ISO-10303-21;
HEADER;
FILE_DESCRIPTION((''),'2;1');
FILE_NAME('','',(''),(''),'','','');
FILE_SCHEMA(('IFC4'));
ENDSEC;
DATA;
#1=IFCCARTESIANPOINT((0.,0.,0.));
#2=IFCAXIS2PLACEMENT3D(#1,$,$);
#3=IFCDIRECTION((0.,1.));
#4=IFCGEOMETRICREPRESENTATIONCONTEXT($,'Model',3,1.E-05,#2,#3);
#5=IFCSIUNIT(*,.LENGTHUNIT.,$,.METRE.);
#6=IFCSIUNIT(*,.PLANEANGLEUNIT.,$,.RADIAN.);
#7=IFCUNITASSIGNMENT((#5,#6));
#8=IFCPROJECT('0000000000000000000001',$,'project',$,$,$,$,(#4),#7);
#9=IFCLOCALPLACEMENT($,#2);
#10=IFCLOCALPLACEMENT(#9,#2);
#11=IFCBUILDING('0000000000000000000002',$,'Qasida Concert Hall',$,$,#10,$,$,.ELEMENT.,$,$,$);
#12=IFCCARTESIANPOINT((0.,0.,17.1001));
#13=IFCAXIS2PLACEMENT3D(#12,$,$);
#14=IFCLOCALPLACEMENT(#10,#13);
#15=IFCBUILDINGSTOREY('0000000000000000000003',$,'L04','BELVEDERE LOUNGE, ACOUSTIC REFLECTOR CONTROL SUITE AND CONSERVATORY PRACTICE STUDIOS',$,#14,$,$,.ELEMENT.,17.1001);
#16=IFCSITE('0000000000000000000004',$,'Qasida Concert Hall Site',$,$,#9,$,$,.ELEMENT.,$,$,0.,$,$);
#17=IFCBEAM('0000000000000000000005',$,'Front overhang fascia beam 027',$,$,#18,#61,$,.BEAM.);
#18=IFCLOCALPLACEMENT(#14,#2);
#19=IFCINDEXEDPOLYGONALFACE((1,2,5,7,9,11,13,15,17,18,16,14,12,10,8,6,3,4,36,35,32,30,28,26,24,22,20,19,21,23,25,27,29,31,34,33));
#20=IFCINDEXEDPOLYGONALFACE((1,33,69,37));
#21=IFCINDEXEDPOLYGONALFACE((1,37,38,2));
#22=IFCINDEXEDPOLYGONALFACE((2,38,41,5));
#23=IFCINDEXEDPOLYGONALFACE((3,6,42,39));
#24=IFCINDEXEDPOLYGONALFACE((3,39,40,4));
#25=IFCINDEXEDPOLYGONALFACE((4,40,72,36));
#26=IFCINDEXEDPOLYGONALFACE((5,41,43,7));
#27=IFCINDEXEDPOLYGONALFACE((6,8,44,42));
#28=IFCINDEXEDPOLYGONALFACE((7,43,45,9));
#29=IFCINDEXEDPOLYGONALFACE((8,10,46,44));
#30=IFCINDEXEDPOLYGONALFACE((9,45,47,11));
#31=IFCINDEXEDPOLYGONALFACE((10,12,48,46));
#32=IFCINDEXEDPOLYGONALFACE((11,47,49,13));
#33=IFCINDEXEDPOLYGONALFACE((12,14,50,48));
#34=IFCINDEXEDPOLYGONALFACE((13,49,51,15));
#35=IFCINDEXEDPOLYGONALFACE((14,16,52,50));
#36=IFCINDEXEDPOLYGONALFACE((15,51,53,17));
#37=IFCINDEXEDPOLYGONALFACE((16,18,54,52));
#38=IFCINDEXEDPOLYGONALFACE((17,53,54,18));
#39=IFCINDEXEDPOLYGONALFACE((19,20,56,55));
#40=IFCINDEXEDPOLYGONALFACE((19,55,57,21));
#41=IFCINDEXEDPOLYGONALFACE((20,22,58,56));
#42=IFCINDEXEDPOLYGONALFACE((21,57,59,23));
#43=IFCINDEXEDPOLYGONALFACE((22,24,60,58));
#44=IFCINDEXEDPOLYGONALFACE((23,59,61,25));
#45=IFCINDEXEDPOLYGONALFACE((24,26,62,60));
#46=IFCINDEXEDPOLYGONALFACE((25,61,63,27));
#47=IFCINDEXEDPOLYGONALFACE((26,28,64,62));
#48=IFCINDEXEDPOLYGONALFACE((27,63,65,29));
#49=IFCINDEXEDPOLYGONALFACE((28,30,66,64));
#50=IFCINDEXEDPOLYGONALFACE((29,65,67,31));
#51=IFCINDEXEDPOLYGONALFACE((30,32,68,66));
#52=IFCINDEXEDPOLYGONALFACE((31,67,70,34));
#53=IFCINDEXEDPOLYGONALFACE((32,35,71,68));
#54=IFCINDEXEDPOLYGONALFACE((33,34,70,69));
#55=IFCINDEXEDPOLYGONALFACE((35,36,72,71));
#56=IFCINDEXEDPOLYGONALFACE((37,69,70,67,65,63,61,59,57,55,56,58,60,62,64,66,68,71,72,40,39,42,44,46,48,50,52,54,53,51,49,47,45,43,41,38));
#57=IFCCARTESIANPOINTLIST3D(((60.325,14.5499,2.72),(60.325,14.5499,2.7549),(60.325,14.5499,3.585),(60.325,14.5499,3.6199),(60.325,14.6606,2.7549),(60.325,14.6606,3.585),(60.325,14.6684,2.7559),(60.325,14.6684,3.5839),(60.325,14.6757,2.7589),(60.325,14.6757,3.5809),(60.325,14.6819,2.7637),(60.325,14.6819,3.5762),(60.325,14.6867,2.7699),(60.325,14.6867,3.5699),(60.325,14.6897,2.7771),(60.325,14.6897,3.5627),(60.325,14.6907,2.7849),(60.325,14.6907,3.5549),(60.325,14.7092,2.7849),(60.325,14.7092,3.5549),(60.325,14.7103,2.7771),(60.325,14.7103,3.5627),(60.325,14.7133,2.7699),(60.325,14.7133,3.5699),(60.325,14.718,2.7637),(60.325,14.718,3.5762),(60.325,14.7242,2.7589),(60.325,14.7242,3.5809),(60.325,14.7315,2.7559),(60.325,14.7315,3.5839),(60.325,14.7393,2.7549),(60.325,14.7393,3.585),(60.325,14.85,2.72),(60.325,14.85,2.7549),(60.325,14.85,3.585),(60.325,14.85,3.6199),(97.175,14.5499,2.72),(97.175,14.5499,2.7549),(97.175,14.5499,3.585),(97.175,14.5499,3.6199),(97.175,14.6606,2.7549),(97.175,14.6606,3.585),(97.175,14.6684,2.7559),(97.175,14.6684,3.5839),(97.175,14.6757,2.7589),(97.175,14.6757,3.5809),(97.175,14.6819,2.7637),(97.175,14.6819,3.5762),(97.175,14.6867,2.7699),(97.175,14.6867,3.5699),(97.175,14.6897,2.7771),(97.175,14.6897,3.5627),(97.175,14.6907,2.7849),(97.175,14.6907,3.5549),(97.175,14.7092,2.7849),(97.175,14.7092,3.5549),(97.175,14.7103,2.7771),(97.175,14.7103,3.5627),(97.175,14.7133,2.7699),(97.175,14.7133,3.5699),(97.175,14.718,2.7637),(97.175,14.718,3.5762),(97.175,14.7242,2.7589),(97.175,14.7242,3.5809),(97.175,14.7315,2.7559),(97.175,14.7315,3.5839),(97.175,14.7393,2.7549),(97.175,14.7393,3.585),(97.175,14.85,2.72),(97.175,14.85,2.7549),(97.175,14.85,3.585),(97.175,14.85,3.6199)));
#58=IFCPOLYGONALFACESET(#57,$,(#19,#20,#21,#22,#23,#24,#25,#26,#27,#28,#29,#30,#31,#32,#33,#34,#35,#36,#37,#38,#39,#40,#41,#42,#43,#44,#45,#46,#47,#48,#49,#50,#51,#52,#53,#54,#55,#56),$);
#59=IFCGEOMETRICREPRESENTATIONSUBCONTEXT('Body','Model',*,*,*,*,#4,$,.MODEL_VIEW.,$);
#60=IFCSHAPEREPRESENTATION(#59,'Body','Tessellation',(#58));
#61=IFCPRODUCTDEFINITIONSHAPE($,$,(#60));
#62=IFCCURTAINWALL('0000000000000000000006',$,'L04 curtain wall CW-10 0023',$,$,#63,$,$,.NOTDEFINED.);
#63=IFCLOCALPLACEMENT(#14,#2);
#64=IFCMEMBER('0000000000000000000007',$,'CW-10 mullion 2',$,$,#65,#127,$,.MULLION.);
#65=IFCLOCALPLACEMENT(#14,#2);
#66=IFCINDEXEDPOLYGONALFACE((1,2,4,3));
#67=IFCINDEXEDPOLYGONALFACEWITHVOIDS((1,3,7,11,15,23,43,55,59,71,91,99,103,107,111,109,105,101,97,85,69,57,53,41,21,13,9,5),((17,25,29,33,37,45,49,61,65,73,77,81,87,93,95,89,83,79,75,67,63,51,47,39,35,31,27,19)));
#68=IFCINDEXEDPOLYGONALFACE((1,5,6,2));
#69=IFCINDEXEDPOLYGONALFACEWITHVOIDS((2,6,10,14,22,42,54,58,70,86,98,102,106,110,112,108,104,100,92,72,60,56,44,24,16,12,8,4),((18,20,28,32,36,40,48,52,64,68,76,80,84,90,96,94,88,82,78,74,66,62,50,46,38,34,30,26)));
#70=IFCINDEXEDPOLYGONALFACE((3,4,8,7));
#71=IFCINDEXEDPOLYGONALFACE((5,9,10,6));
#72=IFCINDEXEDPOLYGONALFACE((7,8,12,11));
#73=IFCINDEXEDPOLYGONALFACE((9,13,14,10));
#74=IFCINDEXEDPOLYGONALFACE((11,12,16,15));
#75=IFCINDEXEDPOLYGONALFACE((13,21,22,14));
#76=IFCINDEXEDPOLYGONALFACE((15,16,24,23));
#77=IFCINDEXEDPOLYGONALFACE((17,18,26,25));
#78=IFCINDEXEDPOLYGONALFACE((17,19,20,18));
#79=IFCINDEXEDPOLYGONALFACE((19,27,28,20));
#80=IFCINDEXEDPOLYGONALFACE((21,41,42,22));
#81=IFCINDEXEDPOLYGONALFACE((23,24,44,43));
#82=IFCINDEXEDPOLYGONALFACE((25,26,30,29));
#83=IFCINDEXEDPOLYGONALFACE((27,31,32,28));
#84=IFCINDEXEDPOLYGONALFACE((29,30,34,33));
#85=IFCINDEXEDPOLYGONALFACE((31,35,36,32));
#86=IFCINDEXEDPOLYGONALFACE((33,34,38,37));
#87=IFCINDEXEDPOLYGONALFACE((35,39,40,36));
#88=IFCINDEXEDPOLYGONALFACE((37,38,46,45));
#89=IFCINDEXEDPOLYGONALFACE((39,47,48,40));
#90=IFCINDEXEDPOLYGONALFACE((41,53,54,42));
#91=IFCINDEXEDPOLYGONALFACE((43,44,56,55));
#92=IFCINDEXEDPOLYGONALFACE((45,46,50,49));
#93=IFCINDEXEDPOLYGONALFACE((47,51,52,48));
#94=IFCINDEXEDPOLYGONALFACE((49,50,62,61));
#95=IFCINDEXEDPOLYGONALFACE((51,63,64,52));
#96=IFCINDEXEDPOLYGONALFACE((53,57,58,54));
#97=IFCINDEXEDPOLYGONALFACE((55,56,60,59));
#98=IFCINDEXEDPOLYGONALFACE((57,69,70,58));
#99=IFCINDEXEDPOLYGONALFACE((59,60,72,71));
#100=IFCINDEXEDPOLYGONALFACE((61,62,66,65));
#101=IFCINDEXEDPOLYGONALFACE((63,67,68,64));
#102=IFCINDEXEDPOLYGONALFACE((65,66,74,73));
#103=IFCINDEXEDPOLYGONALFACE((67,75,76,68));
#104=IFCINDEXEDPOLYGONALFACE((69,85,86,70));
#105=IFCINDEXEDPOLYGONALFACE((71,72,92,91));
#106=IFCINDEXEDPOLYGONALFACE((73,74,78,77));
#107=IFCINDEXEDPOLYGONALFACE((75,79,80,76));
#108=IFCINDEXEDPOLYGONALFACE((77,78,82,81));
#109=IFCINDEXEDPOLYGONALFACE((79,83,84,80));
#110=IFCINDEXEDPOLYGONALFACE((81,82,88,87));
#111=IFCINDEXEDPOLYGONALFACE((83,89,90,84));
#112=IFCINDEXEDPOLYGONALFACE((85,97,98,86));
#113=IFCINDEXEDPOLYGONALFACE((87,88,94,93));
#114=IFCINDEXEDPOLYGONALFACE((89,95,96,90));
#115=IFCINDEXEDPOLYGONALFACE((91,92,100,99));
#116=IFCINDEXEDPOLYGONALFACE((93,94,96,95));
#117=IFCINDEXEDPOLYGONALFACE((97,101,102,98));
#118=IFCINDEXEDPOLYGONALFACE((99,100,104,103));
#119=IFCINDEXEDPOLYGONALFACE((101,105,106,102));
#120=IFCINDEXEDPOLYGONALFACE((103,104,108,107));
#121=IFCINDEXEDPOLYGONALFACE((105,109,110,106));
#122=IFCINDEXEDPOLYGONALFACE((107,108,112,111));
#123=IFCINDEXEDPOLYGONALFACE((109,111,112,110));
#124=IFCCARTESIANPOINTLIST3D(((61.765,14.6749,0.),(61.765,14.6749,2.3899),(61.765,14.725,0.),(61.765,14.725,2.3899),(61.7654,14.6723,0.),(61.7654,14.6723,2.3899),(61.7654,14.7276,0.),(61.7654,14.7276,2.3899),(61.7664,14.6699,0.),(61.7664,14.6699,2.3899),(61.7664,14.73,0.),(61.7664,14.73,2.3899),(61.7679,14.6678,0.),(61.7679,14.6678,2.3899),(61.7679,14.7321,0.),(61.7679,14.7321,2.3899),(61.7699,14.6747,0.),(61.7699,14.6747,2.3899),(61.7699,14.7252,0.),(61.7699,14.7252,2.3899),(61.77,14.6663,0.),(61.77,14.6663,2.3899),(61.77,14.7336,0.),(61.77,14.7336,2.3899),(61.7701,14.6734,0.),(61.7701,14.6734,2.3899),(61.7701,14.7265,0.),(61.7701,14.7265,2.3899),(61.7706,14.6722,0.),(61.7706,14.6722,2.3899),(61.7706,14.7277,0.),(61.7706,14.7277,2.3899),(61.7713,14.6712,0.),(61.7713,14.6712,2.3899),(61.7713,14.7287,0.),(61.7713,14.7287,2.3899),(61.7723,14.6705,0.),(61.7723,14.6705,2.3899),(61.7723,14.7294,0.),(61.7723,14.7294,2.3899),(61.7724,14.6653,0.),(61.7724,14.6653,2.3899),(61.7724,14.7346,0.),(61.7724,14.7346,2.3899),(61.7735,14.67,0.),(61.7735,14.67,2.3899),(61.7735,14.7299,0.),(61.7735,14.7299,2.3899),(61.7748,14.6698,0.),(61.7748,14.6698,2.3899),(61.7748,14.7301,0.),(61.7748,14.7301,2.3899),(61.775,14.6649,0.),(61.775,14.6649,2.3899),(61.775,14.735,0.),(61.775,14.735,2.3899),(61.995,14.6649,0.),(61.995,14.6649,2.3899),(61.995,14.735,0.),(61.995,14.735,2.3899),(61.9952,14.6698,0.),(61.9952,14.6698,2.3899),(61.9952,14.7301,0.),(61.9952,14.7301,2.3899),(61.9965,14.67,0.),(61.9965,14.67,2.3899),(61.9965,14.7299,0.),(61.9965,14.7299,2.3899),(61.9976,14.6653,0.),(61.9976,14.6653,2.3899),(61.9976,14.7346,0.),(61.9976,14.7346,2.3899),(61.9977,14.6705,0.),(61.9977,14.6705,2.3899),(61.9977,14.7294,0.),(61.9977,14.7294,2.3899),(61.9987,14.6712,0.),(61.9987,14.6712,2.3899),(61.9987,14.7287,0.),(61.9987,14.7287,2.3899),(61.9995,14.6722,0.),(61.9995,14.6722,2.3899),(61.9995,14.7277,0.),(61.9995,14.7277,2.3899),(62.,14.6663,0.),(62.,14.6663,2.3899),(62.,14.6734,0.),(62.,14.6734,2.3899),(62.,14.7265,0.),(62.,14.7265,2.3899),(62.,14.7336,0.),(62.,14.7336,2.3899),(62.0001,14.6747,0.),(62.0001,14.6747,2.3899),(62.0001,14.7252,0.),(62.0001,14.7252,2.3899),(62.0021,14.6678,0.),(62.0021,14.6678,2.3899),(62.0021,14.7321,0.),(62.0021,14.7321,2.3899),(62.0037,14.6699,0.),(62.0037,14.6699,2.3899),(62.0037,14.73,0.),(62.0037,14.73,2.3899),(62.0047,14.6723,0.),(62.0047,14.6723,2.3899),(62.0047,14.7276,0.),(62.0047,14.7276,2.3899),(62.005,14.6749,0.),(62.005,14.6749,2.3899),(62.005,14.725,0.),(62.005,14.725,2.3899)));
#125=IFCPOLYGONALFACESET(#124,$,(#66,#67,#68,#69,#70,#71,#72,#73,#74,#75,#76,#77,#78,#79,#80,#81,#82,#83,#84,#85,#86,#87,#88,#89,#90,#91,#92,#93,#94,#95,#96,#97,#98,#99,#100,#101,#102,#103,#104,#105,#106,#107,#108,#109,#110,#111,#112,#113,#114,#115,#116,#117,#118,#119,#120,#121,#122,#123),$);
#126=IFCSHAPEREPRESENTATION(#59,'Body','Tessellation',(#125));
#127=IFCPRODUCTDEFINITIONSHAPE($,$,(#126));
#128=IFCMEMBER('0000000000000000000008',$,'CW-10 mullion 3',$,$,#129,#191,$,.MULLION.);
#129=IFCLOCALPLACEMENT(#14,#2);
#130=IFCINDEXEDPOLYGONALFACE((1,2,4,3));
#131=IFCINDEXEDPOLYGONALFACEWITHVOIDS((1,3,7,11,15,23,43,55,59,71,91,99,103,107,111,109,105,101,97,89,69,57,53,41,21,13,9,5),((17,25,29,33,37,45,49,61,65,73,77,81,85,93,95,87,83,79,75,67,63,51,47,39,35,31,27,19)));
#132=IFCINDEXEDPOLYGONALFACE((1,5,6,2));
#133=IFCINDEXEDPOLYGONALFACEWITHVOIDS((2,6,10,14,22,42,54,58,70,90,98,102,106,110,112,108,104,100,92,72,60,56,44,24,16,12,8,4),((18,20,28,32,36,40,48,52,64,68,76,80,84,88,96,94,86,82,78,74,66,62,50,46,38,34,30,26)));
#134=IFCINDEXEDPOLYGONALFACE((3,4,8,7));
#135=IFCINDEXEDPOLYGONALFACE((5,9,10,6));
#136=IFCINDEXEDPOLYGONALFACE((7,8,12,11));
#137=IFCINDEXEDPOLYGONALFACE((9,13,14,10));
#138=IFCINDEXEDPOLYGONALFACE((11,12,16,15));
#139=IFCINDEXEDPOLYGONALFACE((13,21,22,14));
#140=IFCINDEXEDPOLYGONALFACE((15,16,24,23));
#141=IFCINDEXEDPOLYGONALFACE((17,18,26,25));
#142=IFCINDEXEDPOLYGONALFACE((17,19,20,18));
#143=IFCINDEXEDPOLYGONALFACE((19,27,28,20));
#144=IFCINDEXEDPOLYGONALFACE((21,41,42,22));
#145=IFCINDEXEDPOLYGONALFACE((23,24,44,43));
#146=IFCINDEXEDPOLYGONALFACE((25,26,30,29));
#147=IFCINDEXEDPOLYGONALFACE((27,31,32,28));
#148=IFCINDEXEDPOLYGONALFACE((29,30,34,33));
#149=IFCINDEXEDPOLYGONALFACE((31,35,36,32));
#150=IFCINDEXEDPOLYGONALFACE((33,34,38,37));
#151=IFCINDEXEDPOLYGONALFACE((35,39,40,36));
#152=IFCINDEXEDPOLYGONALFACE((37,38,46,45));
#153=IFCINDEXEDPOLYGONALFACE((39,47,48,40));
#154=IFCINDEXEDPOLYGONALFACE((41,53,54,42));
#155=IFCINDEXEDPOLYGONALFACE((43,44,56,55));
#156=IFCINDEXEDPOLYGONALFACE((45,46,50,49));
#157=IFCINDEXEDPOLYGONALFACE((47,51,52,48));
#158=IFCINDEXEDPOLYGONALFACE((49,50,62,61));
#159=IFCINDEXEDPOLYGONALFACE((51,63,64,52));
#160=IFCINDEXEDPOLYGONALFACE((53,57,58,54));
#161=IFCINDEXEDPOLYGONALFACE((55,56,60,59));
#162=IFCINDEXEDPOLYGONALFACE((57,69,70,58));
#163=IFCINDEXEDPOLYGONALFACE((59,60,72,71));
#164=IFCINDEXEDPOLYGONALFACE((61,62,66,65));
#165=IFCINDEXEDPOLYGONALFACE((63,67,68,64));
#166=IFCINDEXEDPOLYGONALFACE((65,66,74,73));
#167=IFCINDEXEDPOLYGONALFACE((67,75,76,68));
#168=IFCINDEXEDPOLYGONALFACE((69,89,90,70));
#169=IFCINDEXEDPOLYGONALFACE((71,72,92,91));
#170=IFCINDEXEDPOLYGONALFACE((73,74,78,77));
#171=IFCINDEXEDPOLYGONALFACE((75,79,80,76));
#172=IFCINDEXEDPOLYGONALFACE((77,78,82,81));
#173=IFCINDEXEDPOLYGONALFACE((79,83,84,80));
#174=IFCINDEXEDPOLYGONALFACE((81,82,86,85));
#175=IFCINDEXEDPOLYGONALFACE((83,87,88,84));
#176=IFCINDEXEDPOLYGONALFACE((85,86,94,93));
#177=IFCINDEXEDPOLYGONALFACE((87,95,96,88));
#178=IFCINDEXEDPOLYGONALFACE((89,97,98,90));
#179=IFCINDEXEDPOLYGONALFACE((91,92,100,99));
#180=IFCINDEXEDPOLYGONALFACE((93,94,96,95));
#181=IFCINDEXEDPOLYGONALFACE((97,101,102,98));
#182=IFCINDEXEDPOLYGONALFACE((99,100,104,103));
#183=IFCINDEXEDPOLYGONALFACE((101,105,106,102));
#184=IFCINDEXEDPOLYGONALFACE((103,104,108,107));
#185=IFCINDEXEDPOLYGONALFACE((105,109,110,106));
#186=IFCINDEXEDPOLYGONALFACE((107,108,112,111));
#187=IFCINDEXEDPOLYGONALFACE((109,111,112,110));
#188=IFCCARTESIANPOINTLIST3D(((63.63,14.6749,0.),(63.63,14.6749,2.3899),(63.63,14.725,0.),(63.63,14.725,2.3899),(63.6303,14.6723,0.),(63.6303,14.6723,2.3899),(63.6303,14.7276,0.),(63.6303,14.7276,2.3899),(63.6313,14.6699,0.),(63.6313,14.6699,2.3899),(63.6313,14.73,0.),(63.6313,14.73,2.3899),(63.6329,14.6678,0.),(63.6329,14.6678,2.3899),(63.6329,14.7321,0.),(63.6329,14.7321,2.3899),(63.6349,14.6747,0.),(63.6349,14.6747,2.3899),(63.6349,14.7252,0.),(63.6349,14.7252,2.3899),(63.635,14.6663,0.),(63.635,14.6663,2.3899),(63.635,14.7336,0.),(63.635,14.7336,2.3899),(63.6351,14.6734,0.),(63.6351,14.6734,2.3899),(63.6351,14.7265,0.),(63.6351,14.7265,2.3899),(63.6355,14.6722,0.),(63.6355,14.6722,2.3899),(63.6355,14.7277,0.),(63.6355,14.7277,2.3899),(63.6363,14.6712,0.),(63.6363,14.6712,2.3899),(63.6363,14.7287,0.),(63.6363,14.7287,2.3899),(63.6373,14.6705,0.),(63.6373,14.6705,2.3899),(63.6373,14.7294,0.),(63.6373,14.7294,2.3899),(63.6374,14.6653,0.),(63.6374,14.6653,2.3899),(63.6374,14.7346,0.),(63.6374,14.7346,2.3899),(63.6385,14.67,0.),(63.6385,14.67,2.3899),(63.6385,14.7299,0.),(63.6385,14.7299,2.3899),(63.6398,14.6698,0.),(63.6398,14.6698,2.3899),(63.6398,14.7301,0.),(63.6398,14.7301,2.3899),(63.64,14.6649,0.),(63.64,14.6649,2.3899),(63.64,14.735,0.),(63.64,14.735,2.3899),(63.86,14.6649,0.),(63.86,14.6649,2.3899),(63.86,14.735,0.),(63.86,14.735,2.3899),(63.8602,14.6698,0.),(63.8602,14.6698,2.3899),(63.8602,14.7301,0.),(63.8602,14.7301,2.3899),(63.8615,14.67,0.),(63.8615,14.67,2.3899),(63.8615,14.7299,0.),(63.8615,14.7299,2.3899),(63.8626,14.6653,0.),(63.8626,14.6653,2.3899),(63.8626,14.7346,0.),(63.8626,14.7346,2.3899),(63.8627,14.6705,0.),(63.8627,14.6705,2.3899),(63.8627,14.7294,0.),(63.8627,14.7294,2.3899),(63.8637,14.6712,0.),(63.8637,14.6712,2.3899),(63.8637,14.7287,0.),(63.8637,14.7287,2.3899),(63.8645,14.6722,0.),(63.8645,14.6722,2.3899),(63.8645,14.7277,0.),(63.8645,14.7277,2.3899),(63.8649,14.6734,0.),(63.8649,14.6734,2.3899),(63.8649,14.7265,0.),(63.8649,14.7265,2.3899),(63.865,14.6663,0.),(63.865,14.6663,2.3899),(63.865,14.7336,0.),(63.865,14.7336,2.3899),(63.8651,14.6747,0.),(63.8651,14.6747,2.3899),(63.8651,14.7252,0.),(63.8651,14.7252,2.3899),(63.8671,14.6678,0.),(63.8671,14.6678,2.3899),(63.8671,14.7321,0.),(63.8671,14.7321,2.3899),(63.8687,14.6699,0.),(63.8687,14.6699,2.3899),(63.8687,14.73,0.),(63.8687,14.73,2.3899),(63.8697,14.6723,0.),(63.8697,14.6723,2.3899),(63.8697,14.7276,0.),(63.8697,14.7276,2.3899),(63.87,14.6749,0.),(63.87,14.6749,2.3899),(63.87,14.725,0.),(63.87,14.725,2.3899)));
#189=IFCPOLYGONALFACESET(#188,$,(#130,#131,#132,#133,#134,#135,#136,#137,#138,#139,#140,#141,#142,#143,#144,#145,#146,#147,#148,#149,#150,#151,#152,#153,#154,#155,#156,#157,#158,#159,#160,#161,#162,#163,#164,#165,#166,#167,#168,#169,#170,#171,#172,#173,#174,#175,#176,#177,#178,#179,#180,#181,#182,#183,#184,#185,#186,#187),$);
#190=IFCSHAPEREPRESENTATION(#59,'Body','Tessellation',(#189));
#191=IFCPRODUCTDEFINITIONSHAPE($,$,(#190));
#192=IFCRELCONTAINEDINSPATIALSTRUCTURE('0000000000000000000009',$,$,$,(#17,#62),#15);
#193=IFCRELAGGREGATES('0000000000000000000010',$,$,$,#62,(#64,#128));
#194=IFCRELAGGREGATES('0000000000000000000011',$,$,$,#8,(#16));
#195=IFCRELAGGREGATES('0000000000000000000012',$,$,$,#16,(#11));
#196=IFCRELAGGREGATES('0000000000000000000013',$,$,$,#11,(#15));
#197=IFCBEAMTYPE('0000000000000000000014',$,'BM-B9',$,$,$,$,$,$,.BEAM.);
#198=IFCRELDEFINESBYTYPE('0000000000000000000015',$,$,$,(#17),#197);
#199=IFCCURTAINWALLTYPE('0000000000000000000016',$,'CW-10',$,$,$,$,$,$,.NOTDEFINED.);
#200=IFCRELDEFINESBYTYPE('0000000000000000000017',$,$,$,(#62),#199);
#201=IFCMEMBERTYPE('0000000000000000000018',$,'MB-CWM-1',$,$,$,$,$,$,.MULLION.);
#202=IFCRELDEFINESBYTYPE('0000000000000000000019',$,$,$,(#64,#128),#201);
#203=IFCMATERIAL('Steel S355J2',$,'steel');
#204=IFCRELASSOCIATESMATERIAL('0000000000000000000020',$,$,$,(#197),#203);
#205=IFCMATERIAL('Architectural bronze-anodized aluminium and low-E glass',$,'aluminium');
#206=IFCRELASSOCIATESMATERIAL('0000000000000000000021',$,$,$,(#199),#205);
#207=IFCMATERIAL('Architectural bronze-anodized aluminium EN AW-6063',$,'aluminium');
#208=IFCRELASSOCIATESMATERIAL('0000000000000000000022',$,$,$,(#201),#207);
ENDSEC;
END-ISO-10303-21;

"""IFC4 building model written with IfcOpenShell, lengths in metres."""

from ifc_helpers import new_model, si_unit, direction, frame, origin, origin_2d, place, context, subcontext, project, spatial, hollow_rectangle, i_section, extrude, material, material_profile, profile_set, type_object, element, aggregate, save


model = new_model("IFC4")

# Units and contexts
model_context = context("Model", 3, precision=1e-05, world=origin(), true_north=direction((0.0, 1.0)))
body_context = subcontext(model_context, "Body", "Model", "MODEL_VIEW")
ifc_project = project(units=[si_unit("LENGTHUNIT", "METRE"), si_unit("PLANEANGLEUNIT", "RADIAN")], contexts=[model_context])

# Site, building, storey
site_placement = place(None, origin())
site = spatial("IfcSite", under=ifc_project, at=site_placement, Name="Qasida Concert Hall Site", CompositionType="ELEMENT", RefElevation=0.0)
building_placement = place(site_placement, origin())
building = spatial("IfcBuilding", under=site, at=building_placement, Name="Qasida Concert Hall", CompositionType="ELEMENT")
storey_placement = place(building_placement, frame((0.0, 0.0, 17.1001)))
storey = spatial("IfcBuildingStorey", under=building, at=storey_placement, Name="L04", Description="BELVEDERE LOUNGE, ACOUSTIC REFLECTOR CONTROL SUITE AND CONSERVATORY PRACTICE STUDIOS", CompositionType="ELEMENT", Elevation=17.1001)

# Beam
ifc_material_1 = material(Name="Steel S355J2", Category="steel")
ifc_material_profile_1 = material_profile(ifc_material_1, i_section(OverallWidth=0.3, OverallDepth=0.8999, WebThickness=0.0186, FlangeThickness=0.0349, FilletRadius=0.03, at=origin_2d()), Name="HEB 900")
ifc_profile_set_1 = profile_set([ifc_material_profile_1], Name="Steel S355J2")
beam_type = type_object("IfcBeamType", Name="BM-B9", PredefinedType="BEAM", material=ifc_profile_set_1)
beam_placement = place(storey_placement, frame((60.325, 14.7, 3.1699), z_axis=(1.0, 0.0, 0.0), x_axis=(0.0, 1.0, 0.0)))
element("IfcBeam", 1, at=beam_placement, inside=storey, type_object=beam_type, Name="Front overhang fascia beam 027", PredefinedType="BEAM", context=body_context, shape_type="SweptSolid", body=[
    extrude(i_section(OverallWidth=0.3, OverallDepth=0.8999, WebThickness=0.0186, FlangeThickness=0.0349, FilletRadius=0.03, at=origin_2d()), origin(), (0.0, 0.0, 1.0), 36.8501),
])

# Curtain wall, members
ifc_material_2 = material(Name="Architectural bronze-anodized aluminium and low-E glass", Category="aluminium")
curtain_wall_type = type_object("IfcCurtainWallType", Name="CW-10", PredefinedType="NOTDEFINED", material=ifc_material_2)
curtain_wall_placement = place(storey_placement, origin())
curtain_wall = element("IfcCurtainWall", 2, at=curtain_wall_placement, inside=storey, type_object=curtain_wall_type, Name="L04 curtain wall CW-10 0023", PredefinedType="NOTDEFINED")
ifc_material_3 = material(Name="Architectural bronze-anodized aluminium EN AW-6063", Category="aluminium")
ifc_material_profile_2 = material_profile(ifc_material_3, hollow_rectangle(XDim=0.0701, YDim=0.24, WallThickness=0.0049, InnerFilletRadius=0.0049, OuterFilletRadius=0.01, at=origin_2d()), Name="CWM 240x70x5")
ifc_profile_set_2 = profile_set([ifc_material_profile_2], Name="Architectural bronze-anodized aluminium EN AW-6063")
member_type_1 = type_object("IfcMemberType", Name="MB-CWM-1", PredefinedType="MULLION", material=ifc_profile_set_2)
member_1_placement = place(storey_placement, frame((61.885, 14.7, 0.0), z_axis=(0.0, 0.0, 1.0), x_axis=(0.0, 1.0, 0.0)))
member_1 = element("IfcMember", 3, at=member_1_placement, type_object=member_type_1, Name="CW-10 mullion 2", PredefinedType="MULLION", context=body_context, shape_type="SweptSolid", body=[
    extrude(hollow_rectangle(XDim=0.0701, YDim=0.24, WallThickness=0.0049, InnerFilletRadius=0.0049, OuterFilletRadius=0.01, at=origin_2d()), origin(), (0.0, 0.0, 1.0), 2.3899),
])
member_2_placement = place(storey_placement, frame((63.75, 14.7, 0.0), z_axis=(0.0, 0.0, 1.0), x_axis=(0.0, 1.0, 0.0)))
member_2 = element("IfcMember", 4, at=member_2_placement, type_object=member_type_1, Name="CW-10 mullion 3", PredefinedType="MULLION", context=body_context, shape_type="SweptSolid", body=[
    extrude(hollow_rectangle(XDim=0.0701, YDim=0.24, WallThickness=0.0049, InnerFilletRadius=0.0049, OuterFilletRadius=0.01, at=origin_2d()), origin(), (0.0, 0.0, 1.0), 2.3899),
])
aggregate(curtain_wall, [member_1, member_2])

save(model, "model.ifc")
